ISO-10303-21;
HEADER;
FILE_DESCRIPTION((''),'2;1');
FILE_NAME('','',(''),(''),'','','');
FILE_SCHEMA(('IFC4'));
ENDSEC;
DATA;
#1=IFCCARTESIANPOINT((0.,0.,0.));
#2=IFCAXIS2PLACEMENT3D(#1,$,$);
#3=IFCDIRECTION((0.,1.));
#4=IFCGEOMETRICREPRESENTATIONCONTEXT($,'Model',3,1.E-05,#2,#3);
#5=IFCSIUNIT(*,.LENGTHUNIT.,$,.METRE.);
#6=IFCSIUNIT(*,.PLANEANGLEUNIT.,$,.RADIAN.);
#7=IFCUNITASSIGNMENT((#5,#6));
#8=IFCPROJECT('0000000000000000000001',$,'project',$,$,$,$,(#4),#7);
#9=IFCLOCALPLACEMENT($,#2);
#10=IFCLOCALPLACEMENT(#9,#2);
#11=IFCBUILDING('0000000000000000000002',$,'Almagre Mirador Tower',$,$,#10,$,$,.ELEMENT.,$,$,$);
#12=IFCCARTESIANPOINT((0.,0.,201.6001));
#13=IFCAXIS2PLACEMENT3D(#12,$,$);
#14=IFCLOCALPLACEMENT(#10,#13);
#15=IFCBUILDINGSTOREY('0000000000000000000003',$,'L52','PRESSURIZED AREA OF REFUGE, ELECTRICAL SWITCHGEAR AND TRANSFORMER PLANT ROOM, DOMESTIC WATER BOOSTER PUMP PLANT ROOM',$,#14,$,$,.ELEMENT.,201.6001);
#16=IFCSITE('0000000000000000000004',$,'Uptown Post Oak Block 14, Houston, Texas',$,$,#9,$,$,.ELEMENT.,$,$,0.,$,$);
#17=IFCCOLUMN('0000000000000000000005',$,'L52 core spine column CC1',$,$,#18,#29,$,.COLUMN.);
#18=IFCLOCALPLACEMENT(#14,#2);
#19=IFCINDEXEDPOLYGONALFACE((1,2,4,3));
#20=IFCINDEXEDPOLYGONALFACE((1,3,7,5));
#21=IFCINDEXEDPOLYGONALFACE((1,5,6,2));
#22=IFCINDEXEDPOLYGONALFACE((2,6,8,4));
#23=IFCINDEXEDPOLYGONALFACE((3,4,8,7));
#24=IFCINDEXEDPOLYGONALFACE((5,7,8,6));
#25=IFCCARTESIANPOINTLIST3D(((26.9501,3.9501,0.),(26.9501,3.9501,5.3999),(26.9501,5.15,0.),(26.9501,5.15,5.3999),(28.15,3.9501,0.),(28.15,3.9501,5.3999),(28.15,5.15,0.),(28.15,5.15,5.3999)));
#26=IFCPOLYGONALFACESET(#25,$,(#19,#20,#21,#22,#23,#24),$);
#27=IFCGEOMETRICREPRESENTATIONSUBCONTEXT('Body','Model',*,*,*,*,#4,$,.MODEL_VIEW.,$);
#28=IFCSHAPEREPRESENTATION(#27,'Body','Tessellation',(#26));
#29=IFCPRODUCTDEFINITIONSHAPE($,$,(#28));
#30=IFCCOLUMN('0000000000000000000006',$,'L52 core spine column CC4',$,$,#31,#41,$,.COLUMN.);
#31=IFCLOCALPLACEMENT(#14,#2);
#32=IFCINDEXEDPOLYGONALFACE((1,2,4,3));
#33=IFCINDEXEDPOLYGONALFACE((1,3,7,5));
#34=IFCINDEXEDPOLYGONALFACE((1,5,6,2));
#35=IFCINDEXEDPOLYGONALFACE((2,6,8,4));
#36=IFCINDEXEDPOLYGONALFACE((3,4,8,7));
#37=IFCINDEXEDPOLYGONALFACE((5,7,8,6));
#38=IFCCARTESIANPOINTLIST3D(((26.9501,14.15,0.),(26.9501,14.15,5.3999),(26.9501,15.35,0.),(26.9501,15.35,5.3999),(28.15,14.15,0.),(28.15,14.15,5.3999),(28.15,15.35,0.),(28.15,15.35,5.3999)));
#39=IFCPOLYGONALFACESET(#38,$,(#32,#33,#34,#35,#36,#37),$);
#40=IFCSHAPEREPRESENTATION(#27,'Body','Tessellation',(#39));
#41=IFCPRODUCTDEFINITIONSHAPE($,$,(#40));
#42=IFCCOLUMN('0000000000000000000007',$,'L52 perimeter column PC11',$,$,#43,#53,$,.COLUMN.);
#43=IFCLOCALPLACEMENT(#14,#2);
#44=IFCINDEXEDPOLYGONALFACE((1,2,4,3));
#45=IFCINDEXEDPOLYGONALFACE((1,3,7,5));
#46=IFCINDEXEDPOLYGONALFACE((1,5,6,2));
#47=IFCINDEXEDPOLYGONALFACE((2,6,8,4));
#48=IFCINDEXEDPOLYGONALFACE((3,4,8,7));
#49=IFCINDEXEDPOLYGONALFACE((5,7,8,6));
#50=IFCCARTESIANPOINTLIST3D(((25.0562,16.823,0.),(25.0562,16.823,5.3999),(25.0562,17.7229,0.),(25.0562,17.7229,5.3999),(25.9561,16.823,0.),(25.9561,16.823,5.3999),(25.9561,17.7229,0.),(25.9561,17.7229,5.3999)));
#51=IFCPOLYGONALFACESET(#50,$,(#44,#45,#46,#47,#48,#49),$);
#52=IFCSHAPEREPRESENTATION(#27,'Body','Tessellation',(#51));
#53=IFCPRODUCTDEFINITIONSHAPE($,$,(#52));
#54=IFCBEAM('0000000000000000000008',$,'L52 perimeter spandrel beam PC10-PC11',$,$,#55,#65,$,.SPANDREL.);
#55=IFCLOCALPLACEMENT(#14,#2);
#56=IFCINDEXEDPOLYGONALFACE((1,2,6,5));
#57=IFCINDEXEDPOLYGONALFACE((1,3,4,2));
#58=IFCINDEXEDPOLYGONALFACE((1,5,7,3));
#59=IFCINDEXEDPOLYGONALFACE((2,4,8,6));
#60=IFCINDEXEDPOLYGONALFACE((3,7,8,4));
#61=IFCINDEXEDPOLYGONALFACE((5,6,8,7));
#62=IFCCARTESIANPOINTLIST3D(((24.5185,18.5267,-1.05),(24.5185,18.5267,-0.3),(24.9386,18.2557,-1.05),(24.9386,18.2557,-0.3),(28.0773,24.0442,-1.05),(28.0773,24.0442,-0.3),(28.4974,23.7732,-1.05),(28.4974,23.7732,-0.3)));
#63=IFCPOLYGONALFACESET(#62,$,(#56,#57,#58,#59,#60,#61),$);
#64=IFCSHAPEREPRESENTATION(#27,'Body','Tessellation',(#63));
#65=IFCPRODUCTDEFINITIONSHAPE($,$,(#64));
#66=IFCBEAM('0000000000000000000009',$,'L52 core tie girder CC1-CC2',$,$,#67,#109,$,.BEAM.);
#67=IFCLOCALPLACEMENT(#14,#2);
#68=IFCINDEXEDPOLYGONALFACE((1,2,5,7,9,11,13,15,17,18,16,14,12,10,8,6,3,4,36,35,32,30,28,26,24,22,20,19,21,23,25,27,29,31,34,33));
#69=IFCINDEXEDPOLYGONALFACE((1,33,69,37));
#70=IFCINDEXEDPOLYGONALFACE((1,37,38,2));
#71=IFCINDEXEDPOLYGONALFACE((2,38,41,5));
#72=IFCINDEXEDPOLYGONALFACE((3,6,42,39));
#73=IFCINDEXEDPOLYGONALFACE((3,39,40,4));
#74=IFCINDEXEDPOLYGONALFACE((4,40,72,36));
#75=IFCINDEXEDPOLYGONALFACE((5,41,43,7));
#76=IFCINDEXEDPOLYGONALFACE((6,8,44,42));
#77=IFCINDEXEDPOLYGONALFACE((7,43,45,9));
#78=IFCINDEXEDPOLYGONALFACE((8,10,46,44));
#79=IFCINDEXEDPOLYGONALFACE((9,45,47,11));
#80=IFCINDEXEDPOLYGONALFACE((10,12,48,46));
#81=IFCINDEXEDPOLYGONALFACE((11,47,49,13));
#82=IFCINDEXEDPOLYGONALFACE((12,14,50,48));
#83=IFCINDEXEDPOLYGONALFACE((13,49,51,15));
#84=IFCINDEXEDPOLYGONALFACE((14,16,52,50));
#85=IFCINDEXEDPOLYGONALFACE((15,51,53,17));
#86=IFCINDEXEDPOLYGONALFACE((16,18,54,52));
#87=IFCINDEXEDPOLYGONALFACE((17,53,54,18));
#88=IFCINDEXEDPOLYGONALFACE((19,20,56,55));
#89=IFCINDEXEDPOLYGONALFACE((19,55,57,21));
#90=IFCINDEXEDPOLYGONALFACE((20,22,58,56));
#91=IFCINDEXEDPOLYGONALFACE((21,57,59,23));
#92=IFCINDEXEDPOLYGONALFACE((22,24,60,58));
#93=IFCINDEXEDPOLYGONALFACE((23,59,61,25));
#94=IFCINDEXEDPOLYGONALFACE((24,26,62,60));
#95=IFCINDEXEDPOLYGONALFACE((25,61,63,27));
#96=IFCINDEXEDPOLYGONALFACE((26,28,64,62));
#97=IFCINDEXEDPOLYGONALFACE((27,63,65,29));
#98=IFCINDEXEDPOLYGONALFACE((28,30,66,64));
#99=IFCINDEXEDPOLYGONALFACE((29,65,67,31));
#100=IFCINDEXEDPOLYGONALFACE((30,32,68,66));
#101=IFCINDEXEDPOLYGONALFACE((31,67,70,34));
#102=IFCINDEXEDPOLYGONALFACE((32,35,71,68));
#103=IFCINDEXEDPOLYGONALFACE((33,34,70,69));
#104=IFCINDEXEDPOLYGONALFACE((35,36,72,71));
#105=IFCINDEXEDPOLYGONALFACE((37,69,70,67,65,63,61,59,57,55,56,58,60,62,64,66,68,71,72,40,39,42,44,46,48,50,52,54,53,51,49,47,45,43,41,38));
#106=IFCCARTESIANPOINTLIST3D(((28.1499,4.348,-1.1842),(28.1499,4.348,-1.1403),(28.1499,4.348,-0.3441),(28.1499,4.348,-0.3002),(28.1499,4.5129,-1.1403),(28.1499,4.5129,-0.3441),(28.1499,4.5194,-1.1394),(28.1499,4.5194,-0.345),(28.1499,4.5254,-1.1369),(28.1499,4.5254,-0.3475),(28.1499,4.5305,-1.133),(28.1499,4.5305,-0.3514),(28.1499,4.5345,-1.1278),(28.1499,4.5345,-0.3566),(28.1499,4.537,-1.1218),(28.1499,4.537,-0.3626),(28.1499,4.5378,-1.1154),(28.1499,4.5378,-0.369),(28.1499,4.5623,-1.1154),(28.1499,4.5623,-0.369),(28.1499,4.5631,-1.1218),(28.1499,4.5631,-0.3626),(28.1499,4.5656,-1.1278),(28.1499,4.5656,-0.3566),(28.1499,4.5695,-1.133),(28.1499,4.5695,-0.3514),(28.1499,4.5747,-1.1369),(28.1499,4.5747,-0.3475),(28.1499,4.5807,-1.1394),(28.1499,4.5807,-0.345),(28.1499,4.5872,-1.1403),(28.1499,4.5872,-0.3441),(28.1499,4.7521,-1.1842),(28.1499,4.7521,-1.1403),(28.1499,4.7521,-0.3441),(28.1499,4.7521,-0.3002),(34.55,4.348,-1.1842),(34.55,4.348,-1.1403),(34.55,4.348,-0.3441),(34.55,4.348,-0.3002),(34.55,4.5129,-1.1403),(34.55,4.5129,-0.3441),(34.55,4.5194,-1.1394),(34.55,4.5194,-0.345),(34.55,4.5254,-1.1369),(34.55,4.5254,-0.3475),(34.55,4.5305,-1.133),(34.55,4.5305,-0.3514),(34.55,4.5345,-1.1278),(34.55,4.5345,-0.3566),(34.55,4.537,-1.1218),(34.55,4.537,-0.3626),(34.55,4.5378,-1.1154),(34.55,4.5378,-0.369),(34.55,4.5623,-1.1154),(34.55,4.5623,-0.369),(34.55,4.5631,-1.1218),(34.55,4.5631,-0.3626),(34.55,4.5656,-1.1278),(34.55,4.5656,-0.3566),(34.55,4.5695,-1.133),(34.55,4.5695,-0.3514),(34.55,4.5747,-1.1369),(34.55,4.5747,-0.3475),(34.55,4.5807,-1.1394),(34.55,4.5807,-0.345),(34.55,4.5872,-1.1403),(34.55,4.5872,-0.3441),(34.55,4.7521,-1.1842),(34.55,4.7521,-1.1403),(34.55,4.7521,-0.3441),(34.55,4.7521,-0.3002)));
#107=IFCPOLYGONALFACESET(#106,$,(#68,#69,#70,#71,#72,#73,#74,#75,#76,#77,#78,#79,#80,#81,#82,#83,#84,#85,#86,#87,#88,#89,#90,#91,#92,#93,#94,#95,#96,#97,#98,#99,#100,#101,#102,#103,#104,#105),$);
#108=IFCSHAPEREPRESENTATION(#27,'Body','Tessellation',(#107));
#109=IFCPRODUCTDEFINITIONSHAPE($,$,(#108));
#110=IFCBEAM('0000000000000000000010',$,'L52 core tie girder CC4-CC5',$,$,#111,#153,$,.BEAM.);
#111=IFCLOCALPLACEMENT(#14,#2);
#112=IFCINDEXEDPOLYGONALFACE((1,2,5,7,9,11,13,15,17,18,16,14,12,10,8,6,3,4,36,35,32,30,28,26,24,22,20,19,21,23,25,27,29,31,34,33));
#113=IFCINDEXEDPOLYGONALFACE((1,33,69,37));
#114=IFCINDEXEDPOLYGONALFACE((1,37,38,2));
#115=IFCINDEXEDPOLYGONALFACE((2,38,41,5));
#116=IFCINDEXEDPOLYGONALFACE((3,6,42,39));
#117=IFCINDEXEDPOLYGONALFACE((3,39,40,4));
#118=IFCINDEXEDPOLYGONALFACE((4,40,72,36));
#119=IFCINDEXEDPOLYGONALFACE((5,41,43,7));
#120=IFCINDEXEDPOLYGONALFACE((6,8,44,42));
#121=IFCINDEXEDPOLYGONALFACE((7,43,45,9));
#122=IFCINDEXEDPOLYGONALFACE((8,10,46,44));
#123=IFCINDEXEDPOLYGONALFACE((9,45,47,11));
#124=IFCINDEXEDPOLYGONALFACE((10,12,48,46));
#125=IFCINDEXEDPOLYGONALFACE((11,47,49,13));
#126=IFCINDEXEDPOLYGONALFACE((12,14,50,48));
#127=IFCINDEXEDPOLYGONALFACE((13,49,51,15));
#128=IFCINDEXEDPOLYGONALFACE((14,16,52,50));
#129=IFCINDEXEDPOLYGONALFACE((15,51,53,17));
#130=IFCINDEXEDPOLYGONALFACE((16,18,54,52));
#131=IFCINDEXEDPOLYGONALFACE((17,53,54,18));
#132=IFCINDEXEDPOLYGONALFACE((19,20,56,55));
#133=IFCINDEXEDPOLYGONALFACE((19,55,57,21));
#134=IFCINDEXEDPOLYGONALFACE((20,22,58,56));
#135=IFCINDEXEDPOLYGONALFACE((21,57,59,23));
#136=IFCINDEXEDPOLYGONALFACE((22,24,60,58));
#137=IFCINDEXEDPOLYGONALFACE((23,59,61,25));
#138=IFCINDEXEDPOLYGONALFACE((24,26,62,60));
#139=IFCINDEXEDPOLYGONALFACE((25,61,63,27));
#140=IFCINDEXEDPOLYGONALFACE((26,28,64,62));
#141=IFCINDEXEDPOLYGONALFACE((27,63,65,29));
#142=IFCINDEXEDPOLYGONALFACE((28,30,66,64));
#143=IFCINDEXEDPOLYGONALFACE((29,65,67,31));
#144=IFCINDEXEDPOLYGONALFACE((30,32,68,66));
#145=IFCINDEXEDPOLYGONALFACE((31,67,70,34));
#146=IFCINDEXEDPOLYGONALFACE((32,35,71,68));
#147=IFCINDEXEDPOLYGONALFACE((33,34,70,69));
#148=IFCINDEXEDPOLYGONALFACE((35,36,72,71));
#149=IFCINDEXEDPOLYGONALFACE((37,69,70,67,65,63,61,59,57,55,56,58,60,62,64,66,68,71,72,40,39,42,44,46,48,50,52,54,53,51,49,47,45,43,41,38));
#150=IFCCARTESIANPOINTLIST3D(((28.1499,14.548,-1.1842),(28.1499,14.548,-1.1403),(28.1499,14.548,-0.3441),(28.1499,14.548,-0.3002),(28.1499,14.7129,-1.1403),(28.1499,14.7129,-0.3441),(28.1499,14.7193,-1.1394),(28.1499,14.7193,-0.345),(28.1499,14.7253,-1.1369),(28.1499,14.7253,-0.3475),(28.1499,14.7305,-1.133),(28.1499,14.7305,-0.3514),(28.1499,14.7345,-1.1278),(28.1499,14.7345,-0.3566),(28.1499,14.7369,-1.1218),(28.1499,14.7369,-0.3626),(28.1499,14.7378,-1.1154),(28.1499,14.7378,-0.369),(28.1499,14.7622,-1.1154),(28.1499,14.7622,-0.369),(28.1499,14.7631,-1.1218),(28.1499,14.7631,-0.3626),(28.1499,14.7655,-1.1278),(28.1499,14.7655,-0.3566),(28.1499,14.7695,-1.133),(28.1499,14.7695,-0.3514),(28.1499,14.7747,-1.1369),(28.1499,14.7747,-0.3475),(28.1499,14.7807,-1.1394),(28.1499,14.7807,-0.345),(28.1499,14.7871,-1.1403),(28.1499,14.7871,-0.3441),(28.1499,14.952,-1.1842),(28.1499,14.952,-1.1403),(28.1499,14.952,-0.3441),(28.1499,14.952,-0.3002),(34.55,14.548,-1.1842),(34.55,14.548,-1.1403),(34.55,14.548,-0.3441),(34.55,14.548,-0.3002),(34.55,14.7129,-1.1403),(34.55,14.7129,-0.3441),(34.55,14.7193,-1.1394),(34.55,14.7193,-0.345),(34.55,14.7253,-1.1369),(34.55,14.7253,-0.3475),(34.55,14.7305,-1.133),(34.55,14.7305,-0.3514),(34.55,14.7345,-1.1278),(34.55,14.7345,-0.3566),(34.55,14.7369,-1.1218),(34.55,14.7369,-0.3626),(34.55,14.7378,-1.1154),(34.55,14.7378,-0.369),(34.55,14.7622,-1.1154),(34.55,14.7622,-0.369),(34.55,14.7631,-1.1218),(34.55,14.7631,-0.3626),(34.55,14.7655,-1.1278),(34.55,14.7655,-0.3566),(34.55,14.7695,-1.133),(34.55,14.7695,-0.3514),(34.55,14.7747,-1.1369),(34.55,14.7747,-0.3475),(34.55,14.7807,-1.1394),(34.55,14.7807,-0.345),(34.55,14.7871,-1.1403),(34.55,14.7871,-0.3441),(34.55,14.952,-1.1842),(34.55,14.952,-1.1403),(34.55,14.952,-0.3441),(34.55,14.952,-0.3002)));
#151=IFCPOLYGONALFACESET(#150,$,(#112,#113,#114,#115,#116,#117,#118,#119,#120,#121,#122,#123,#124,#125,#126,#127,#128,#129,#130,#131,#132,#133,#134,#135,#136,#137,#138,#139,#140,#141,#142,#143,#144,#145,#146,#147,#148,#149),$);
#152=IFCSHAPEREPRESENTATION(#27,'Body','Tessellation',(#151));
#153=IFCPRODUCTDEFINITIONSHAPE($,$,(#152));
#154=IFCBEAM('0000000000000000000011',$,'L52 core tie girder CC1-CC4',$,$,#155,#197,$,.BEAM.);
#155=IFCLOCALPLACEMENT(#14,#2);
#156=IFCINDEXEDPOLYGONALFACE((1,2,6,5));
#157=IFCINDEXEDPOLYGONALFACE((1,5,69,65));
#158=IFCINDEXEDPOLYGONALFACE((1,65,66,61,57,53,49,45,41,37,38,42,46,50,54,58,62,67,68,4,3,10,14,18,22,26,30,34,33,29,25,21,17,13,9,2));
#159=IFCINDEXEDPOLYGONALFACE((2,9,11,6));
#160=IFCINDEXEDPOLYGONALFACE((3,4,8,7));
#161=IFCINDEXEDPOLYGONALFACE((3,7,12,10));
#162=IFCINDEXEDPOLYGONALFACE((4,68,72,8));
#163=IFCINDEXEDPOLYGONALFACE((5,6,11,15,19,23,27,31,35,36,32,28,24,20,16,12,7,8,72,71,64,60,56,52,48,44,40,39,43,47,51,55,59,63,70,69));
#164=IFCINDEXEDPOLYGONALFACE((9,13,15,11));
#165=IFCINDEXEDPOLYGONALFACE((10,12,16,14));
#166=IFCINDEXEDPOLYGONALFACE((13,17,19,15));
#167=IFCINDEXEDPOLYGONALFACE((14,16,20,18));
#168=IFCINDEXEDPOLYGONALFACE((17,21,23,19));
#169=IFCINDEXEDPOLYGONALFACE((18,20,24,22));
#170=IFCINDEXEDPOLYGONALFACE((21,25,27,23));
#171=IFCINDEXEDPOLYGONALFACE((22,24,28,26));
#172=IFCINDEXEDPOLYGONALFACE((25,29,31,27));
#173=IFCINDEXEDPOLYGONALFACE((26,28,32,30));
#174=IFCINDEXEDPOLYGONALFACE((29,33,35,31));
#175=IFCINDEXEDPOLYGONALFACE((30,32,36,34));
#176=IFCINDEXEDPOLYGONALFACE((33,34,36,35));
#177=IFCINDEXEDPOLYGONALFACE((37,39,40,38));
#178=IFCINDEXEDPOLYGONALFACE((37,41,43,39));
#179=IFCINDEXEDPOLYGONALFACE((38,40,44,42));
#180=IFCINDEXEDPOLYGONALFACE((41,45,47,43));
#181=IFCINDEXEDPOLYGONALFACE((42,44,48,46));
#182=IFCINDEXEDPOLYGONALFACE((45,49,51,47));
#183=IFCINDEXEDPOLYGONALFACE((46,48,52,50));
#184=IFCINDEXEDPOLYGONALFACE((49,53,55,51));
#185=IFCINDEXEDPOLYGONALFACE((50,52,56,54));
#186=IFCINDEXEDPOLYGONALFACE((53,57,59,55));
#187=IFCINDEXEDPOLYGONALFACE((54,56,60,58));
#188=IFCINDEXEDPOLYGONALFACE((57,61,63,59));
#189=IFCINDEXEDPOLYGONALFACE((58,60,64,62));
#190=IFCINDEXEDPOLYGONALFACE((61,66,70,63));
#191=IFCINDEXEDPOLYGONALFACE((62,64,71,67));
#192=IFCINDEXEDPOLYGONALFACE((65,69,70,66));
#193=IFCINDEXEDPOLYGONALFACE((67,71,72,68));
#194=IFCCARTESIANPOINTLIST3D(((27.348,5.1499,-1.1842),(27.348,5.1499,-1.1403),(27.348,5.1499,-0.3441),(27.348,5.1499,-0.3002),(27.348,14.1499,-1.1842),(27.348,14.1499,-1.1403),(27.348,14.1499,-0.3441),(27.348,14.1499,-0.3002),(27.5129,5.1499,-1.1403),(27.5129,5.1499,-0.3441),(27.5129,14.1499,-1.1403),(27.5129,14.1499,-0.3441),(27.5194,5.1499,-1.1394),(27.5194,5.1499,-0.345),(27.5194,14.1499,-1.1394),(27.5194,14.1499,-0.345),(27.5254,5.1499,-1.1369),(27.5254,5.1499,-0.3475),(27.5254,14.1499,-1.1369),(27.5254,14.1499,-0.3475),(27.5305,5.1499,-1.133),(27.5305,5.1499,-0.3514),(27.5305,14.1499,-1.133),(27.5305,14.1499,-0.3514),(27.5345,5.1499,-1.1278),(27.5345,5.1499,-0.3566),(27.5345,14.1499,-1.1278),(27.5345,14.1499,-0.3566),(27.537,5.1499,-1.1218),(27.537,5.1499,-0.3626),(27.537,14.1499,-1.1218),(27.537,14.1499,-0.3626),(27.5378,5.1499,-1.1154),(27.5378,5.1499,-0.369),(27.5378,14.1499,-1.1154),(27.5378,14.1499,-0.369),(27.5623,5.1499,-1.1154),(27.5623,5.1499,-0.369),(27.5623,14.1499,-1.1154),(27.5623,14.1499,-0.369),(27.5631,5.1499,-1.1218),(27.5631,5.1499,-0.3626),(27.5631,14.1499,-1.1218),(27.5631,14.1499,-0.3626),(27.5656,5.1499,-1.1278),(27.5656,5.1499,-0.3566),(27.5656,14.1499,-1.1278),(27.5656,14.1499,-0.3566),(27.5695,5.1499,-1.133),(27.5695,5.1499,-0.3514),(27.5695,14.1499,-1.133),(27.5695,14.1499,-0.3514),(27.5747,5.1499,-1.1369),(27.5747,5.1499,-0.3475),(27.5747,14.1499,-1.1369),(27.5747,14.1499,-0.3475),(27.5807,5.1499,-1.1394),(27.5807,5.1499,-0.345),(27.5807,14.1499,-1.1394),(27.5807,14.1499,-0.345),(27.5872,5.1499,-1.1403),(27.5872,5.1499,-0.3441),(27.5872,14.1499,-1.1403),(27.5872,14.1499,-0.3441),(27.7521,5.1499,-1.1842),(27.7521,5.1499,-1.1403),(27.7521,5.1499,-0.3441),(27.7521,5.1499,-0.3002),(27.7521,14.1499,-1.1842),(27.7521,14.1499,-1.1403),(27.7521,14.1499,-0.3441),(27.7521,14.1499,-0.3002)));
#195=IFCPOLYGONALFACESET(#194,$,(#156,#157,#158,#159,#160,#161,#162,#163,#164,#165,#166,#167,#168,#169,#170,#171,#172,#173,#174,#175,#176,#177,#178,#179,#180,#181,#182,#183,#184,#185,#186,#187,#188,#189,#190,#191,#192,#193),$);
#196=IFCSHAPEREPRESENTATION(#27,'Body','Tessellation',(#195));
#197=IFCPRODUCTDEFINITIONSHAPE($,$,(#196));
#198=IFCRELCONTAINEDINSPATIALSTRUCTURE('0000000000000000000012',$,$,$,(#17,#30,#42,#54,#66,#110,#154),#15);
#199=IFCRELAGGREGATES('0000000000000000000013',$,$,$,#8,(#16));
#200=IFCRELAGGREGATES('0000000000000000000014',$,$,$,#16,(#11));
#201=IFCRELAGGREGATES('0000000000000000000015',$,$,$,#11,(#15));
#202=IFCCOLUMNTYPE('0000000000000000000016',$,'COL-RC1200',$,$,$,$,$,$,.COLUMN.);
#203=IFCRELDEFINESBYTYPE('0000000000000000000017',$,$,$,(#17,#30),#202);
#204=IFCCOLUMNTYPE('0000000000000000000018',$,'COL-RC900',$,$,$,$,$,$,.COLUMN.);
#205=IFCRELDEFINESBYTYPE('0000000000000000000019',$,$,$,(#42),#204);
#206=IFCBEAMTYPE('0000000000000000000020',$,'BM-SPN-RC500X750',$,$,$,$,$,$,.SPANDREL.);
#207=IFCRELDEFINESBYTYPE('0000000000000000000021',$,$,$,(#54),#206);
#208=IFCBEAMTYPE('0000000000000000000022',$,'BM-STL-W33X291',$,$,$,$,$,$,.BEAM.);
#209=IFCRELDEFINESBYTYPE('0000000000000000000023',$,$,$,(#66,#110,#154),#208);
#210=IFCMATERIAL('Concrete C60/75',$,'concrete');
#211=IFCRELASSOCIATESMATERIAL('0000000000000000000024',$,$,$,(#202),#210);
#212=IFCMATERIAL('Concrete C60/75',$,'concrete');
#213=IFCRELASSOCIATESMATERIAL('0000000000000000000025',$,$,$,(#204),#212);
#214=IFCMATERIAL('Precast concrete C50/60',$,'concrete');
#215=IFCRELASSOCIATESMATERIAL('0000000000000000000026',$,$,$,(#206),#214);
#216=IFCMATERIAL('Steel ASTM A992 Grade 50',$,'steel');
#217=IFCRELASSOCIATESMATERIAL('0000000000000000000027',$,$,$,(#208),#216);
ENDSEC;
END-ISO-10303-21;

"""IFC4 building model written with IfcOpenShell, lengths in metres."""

from ifc_helpers import new_model, si_unit, direction, frame, origin, origin_2d, place, context, subcontext, project, spatial, rectangle, i_section, extrude, material, material_profile, profile_set, type_object, element, save


model = new_model("IFC4")

# Units and contexts
model_context = context("Model", 3, precision=1e-05, world=origin(), true_north=direction((0.0, 1.0)))
body_context = subcontext(model_context, "Body", "Model", "MODEL_VIEW")
ifc_project = project(units=[si_unit("LENGTHUNIT", "METRE"), si_unit("PLANEANGLEUNIT", "RADIAN")], contexts=[model_context])

# Site, building, storey
site_placement = place(None, origin())
site = spatial("IfcSite", under=ifc_project, at=site_placement, Name="Uptown Post Oak Block 14, Houston, Texas", CompositionType="ELEMENT", RefElevation=0.0)
building_placement = place(site_placement, origin())
building = spatial("IfcBuilding", under=site, at=building_placement, Name="Almagre Mirador Tower", CompositionType="ELEMENT")
storey_placement = place(building_placement, frame((0.0, 0.0, 201.6001)))
storey = spatial("IfcBuildingStorey", under=building, at=storey_placement, Name="L52", Description="PRESSURIZED AREA OF REFUGE, ELECTRICAL SWITCHGEAR AND TRANSFORMER PLANT ROOM, DOMESTIC WATER BOOSTER PUMP PLANT ROOM", CompositionType="ELEMENT", Elevation=201.6001)

# Columns
ifc_material_1 = material(Name="Concrete C60/75", Category="concrete")
ifc_material_profile_1 = material_profile(ifc_material_1, rectangle(XDim=1.2, YDim=1.2, at=origin_2d()), Name="RC1200X1200")
ifc_profile_set_1 = profile_set([ifc_material_profile_1], Name="Concrete C60/75")
column_type_1 = type_object("IfcColumnType", Name="COL-RC1200", PredefinedType="COLUMN", material=ifc_profile_set_1)
for number, where, z_axis, x_axis, name in (
    (1, (27.55, 4.55, 0.0), (0.0, 0.0, 1.0), (1.0, 0.0, 0.0), "L52 core spine column CC1"),
    (2, (27.55, 14.75, 0.0), (0.0, 0.0, 1.0), (1.0, 0.0, 0.0), "L52 core spine column CC4"),
):
    element("IfcColumn", number, at=place(storey_placement, frame(where, z_axis=z_axis, x_axis=x_axis)), inside=storey, type_object=column_type_1, Name=name, PredefinedType="COLUMN", context=body_context, shape_type="SweptSolid", body=[
        extrude(rectangle(XDim=1.2, YDim=1.2, at=origin_2d()), origin(), (0.0, 0.0, 1.0), 5.3999),
    ])
ifc_material_2 = material(Name="Concrete C60/75", Category="concrete")
ifc_material_profile_2 = material_profile(ifc_material_2, rectangle(XDim=0.8999, YDim=0.8999, at=origin_2d()), Name="RC900X900")
ifc_profile_set_2 = profile_set([ifc_material_profile_2], Name="Concrete C60/75")
column_type_2 = type_object("IfcColumnType", Name="COL-RC900", PredefinedType="COLUMN", material=ifc_profile_set_2)
column_placement = place(storey_placement, frame((25.5061, 17.2729, 0.0), z_axis=(0.0, 0.0, 1.0), x_axis=(1.0, 0.0, 0.0)))
element("IfcColumn", 3, at=column_placement, inside=storey, type_object=column_type_2, Name="L52 perimeter column PC11", PredefinedType="COLUMN", context=body_context, shape_type="SweptSolid", body=[
    extrude(rectangle(XDim=0.8999, YDim=0.8999, at=origin_2d()), origin(), (0.0, 0.0, 1.0), 5.3999),
])

# Beams
ifc_material_3 = material(Name="Precast concrete C50/60", Category="concrete")
ifc_material_profile_3 = material_profile(ifc_material_3, rectangle(XDim=0.5, YDim=0.75, at=origin_2d()), Name="RC500X750")
ifc_profile_set_3 = profile_set([ifc_material_profile_3], Name="Precast concrete C50/60")
beam_type_1 = type_object("IfcBeamType", Name="BM-SPN-RC500X750", PredefinedType="SPANDREL", material=ifc_profile_set_3)
beam_1_placement = place(storey_placement, frame((28.2874, 23.9087, -0.675), z_axis=(-0.542031, -0.840358, 0.0), x_axis=(0.840358, -0.542031, 0.0)))
element("IfcBeam", 4, at=beam_1_placement, inside=storey, type_object=beam_type_1, Name="L52 perimeter spandrel beam PC10-PC11", PredefinedType="SPANDREL", context=body_context, shape_type="SweptSolid", body=[
    extrude(rectangle(XDim=0.5, YDim=0.75, at=origin_2d()), origin(), (0.0, 0.0, 1.0), 6.5657),
])
ifc_material_4 = material(Name="Steel ASTM A992 Grade 50", Category="steel")
ifc_material_profile_4 = material_profile(ifc_material_4, i_section(OverallWidth=0.4041, OverallDepth=0.884, WebThickness=0.0244, FlangeThickness=0.0439, FilletRadius=0.0249, at=origin_2d()), Name="W33X291")
ifc_profile_set_4 = profile_set([ifc_material_profile_4], Name="Steel ASTM A992 Grade 50")
beam_type_2 = type_object("IfcBeamType", Name="BM-STL-W33X291", PredefinedType="BEAM", material=ifc_profile_set_4)
for number, where, z_axis, x_axis, name in (
    (5, (28.1499, 4.55, -0.7422), (1.0, 0.0, 0.0), (0.0, 1.0, 0.0), "L52 core tie girder CC1-CC2"),
    (6, (28.1499, 14.75, -0.7422), (1.0, 0.0, 0.0), (0.0, 1.0, 0.0), "L52 core tie girder CC4-CC5"),
):
    element("IfcBeam", number, at=place(storey_placement, frame(where, z_axis=z_axis, x_axis=x_axis)), inside=storey, type_object=beam_type_2, Name=name, PredefinedType="BEAM", context=body_context, shape_type="SweptSolid", body=[
        extrude(i_section(OverallWidth=0.4041, OverallDepth=0.884, WebThickness=0.0244, FlangeThickness=0.0439, FilletRadius=0.0249, at=origin_2d()), origin(), (0.0, 0.0, 1.0), 6.4001),
    ])
beam_2_placement = place(storey_placement, frame((27.55, 5.1499, -0.7422), z_axis=(0.0, 1.0, 0.0), x_axis=(-1.0, 0.0, 0.0)))
element("IfcBeam", 7, at=beam_2_placement, inside=storey, type_object=beam_type_2, Name="L52 core tie girder CC1-CC4", PredefinedType="BEAM", context=body_context, shape_type="SweptSolid", body=[
    extrude(i_section(OverallWidth=0.4041, OverallDepth=0.884, WebThickness=0.0244, FlangeThickness=0.0439, FilletRadius=0.0249, at=origin_2d()), origin(), (0.0, 0.0, 1.0), 9.0),
])

save(model, "model.ifc")
